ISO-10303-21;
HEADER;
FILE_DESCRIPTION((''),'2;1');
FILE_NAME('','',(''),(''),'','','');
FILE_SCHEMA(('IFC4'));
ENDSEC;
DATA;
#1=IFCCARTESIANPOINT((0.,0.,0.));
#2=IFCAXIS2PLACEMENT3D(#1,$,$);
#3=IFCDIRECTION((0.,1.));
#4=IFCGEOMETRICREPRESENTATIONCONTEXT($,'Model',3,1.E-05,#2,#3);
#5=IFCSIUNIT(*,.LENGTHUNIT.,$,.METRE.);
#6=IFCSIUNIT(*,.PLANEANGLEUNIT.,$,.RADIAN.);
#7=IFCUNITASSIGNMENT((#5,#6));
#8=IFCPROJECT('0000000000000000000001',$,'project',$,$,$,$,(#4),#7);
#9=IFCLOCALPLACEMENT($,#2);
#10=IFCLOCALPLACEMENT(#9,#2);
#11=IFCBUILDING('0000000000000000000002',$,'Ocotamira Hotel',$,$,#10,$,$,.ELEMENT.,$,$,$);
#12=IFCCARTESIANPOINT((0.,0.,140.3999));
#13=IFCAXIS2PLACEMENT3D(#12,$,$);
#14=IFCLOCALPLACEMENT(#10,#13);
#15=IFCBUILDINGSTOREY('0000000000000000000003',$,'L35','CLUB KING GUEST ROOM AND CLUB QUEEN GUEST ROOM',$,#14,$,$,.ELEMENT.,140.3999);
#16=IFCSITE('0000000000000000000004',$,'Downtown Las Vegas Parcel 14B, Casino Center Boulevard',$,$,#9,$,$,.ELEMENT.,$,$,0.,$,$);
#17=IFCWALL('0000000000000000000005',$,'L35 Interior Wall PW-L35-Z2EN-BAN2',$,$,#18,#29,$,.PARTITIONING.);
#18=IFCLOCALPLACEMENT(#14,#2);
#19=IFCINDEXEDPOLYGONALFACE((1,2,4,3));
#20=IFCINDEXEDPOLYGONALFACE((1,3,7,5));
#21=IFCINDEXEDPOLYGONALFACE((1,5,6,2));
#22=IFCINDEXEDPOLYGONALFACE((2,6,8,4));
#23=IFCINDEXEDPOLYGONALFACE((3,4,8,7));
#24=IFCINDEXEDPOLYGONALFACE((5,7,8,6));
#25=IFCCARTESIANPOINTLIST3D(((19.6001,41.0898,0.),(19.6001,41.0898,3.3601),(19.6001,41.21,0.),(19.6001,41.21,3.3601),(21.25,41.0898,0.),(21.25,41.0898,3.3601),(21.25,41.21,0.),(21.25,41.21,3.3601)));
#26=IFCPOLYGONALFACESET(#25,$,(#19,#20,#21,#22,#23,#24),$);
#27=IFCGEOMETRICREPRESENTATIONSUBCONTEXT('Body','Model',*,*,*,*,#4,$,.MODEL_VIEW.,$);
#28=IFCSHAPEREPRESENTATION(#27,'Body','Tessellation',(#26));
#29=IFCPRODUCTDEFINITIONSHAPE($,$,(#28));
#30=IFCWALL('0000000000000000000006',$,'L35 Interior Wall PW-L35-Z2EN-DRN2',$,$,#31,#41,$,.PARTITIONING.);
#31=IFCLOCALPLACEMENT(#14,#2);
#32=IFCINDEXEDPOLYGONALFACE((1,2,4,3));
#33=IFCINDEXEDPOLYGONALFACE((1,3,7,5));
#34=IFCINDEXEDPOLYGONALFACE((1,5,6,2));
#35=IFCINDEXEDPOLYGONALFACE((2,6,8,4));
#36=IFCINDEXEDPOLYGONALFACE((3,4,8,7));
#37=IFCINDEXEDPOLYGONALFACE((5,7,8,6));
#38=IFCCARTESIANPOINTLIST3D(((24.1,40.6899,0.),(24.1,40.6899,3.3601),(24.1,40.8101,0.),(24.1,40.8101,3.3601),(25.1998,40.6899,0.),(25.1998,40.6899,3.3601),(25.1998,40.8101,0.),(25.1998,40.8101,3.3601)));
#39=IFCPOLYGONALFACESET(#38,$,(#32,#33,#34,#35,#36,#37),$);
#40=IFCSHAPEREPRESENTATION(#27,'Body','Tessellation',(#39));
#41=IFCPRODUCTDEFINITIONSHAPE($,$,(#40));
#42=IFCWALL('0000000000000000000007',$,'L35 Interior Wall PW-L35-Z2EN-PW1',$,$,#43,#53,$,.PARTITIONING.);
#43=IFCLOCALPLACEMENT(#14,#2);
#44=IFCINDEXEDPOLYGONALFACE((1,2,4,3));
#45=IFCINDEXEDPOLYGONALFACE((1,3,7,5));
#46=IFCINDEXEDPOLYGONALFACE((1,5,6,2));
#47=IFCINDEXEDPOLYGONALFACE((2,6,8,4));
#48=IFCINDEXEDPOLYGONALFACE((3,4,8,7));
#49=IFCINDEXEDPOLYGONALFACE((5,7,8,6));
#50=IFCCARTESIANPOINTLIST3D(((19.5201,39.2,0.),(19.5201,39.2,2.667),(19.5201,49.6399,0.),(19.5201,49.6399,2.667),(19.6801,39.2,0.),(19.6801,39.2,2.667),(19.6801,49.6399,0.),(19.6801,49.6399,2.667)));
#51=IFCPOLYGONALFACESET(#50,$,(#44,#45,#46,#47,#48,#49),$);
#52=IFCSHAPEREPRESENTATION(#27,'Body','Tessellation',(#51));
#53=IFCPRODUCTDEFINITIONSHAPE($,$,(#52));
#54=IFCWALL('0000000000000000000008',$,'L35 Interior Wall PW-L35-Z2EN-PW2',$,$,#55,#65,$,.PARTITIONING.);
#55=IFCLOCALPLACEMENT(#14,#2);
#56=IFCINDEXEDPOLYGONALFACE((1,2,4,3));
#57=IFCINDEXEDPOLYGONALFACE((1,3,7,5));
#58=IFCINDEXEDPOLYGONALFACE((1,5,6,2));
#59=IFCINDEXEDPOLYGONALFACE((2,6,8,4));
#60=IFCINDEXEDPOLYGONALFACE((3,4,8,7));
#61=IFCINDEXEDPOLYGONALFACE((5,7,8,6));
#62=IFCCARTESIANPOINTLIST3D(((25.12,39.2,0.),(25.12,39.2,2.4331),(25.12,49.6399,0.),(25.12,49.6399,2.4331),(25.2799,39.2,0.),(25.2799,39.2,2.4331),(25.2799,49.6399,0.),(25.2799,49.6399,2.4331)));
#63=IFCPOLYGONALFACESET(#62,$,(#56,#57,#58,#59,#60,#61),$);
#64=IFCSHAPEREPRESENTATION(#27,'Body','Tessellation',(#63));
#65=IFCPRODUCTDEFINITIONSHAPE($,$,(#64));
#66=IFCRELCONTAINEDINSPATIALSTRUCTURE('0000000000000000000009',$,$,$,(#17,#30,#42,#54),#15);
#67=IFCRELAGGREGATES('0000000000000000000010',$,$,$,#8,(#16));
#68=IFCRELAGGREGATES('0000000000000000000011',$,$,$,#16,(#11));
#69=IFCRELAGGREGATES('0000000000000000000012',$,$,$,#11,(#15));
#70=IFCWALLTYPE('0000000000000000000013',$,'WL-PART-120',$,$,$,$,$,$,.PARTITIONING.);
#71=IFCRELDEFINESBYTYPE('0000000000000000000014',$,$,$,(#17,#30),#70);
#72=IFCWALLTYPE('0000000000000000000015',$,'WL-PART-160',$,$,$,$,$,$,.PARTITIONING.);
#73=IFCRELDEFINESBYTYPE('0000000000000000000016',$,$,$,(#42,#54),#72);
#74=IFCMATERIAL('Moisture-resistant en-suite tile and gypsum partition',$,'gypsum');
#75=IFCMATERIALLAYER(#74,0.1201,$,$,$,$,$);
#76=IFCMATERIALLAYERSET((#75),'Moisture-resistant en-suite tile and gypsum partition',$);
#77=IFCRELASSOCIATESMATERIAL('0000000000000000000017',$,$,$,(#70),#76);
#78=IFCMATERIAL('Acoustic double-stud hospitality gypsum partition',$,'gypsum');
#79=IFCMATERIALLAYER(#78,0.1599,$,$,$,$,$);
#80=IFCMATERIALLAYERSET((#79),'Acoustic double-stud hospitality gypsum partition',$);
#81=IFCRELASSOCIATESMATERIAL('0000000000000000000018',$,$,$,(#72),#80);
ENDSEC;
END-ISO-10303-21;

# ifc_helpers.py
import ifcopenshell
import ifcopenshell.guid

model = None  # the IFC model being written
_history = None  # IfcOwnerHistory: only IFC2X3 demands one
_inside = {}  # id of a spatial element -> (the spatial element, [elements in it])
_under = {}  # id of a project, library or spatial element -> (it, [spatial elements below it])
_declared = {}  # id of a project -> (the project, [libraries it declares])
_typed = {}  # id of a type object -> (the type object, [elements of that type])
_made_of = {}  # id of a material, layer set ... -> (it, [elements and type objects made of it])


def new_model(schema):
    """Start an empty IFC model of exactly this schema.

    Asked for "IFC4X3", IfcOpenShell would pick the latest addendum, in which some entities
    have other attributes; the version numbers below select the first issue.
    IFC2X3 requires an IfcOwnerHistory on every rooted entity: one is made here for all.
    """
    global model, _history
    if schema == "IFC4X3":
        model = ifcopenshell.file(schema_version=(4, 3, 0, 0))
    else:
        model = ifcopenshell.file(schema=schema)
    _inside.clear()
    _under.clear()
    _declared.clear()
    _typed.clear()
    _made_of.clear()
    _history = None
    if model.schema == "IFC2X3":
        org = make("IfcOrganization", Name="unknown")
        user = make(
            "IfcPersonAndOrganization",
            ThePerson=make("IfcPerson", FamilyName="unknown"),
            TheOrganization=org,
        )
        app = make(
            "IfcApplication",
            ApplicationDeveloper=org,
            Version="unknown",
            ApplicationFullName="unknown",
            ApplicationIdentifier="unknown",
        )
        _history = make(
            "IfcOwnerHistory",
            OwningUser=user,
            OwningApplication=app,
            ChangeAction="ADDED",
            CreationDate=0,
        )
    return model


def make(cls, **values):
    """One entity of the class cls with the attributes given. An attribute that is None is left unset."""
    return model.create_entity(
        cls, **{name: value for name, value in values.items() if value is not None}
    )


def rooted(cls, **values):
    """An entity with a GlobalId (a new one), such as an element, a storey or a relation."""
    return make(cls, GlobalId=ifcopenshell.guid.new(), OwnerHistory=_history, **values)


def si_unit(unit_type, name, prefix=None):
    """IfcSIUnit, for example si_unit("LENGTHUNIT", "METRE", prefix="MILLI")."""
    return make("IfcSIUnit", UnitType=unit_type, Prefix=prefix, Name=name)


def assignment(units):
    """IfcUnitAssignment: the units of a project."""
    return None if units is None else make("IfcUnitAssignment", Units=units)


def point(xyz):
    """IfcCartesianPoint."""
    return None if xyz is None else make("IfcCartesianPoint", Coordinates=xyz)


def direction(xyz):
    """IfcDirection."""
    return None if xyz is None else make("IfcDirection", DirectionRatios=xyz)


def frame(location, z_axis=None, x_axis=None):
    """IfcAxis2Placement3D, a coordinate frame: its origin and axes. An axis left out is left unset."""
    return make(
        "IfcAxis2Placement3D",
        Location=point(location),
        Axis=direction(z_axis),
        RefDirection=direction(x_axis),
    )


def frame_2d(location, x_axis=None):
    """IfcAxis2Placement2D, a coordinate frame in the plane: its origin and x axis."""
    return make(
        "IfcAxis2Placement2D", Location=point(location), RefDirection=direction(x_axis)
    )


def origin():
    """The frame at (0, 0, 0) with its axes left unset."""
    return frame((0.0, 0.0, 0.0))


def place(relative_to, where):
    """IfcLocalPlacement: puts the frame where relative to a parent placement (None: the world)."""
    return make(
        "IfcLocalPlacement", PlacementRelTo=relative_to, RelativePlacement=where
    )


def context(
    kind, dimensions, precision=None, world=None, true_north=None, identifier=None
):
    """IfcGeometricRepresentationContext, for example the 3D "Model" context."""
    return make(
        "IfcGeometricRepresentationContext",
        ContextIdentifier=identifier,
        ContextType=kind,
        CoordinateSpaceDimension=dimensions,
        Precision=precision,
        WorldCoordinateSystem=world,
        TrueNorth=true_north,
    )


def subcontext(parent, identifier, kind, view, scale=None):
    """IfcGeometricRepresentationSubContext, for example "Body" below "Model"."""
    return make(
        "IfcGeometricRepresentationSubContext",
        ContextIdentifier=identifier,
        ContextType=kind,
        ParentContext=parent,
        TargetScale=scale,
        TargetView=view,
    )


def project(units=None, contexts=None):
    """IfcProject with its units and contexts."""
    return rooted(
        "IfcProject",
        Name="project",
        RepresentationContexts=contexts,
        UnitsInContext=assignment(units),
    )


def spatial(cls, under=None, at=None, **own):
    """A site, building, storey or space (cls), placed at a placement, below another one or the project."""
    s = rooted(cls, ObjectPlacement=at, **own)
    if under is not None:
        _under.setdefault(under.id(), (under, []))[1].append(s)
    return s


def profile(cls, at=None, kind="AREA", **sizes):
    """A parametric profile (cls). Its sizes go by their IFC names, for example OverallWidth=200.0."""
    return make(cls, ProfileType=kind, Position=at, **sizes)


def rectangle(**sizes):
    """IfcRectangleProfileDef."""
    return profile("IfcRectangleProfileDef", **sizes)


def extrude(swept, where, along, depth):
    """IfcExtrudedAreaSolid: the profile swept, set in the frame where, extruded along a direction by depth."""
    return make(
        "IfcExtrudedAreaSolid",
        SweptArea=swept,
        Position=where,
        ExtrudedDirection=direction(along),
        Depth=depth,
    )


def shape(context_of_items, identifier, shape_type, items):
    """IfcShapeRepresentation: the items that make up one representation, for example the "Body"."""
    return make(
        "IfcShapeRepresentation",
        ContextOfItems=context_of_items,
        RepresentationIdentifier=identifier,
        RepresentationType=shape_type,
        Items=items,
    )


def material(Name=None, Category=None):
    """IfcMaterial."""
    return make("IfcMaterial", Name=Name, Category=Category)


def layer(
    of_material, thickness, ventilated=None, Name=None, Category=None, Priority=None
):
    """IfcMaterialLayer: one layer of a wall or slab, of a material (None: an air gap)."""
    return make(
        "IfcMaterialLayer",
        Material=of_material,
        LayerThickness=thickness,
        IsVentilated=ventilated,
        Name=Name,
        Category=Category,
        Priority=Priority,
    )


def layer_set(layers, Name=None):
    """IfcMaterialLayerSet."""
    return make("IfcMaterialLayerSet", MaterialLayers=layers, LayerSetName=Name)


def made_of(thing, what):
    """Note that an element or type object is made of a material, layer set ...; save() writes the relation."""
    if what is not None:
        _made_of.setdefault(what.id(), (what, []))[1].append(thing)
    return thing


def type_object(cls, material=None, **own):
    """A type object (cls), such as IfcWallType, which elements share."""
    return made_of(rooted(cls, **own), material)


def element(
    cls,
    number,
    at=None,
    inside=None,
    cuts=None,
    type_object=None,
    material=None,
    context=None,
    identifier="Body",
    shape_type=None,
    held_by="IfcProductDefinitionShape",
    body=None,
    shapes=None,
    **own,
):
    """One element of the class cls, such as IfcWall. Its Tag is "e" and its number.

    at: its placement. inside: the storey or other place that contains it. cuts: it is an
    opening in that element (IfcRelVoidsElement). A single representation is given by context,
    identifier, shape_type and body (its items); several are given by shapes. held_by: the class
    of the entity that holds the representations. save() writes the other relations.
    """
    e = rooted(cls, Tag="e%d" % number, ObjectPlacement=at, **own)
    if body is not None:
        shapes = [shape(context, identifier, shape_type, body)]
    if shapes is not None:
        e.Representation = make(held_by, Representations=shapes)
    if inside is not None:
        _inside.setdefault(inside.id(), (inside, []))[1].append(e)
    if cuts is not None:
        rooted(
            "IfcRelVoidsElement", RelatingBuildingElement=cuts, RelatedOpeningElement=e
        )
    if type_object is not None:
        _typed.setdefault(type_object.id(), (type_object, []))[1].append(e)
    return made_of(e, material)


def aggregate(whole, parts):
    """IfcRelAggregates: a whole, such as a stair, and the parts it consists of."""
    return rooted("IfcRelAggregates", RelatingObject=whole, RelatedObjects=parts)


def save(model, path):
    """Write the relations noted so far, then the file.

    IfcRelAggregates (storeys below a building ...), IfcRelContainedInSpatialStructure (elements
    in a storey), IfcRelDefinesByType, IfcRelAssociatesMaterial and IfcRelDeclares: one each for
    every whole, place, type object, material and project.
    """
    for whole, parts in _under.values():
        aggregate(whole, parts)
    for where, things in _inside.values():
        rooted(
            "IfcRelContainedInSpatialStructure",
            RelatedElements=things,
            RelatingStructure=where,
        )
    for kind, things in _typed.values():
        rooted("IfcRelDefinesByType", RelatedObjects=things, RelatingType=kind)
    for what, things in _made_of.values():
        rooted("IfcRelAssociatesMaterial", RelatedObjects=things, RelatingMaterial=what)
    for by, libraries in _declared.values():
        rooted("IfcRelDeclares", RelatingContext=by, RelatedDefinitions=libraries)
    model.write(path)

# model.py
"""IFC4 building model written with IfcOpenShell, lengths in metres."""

from ifc_helpers import new_model, si_unit, direction, frame, frame_2d, origin, place, context, subcontext, project, spatial, rectangle, extrude, material, layer, layer_set, type_object, element, save


model = new_model("IFC4")

# Units and contexts
model_context = context("Model", 3, precision=1e-05, world=origin(), true_north=direction((0.0, 1.0)))
body_context = subcontext(model_context, "Body", "Model", "MODEL_VIEW")
ifc_project = project(units=[si_unit("LENGTHUNIT", "METRE"), si_unit("PLANEANGLEUNIT", "RADIAN")], contexts=[model_context])

# Site, building, storey
site_placement = place(None, origin())
site = spatial("IfcSite", under=ifc_project, at=site_placement, Name="Downtown Las Vegas Parcel 14B, Casino Center Boulevard", CompositionType="ELEMENT", RefElevation=0.0)
building_placement = place(site_placement, origin())
building = spatial("IfcBuilding", under=site, at=building_placement, Name="Ocotamira Hotel", CompositionType="ELEMENT")
storey_placement = place(building_placement, frame((0.0, 0.0, 140.3999)))
storey = spatial("IfcBuildingStorey", under=building, at=storey_placement, Name="L35", Description="CLUB KING GUEST ROOM AND CLUB QUEEN GUEST ROOM", CompositionType="ELEMENT", Elevation=140.3999)

# Shared definitions
ifc_material_1 = material(Name="Moisture-resistant en-suite tile and gypsum partition", Category="gypsum")
ifc_layer_1 = layer(ifc_material_1, 0.1201)
ifc_layer_set_1 = layer_set([ifc_layer_1], Name="Moisture-resistant en-suite tile and gypsum partition")
wall_type_1 = type_object("IfcWallType", Name="WL-PART-120", PredefinedType="PARTITIONING", material=ifc_layer_set_1)

# Walls
wall_1_placement = place(storey_placement, frame((19.6001, 41.1499, 0.0), z_axis=(0.0, 0.0, 1.0), x_axis=(1.0, 0.0, 0.0)))
element("IfcWall", 1, at=wall_1_placement, inside=storey, type_object=wall_type_1, Name="L35 Interior Wall PW-L35-Z2EN-BAN2", PredefinedType="PARTITIONING", context=body_context, shape_type="SweptSolid", body=[
    extrude(rectangle(XDim=1.6499, YDim=0.1201, at=frame_2d((0.825, 0.0))), origin(), (0.0, 0.0, 1.0), 3.3601),
])
wall_2_placement = place(storey_placement, frame((24.1001, 40.75, 0.0), z_axis=(0.0, 0.0, 1.0), x_axis=(1.0, 0.0, 0.0)))
element("IfcWall", 2, at=wall_2_placement, inside=storey, type_object=wall_type_1, Name="L35 Interior Wall PW-L35-Z2EN-DRN2", PredefinedType="PARTITIONING", context=body_context, shape_type="SweptSolid", body=[
    extrude(rectangle(XDim=1.0999, YDim=0.1201, at=frame_2d((0.5498, 0.0))), origin(), (0.0, 0.0, 1.0), 3.3601),
])
ifc_material_2 = material(Name="Acoustic double-stud hospitality gypsum partition", Category="gypsum")
ifc_layer_2 = layer(ifc_material_2, 0.1599)
ifc_layer_set_2 = layer_set([ifc_layer_2], Name="Acoustic double-stud hospitality gypsum partition")
wall_type_2 = type_object("IfcWallType", Name="WL-PART-160", PredefinedType="PARTITIONING", material=ifc_layer_set_2)
wall_3_placement = place(storey_placement, frame((19.6001, 39.2, 0.0), z_axis=(0.0, 0.0, 1.0), x_axis=(0.0, 1.0, 0.0)))
element("IfcWall", 3, at=wall_3_placement, inside=storey, type_object=wall_type_2, Name="L35 Interior Wall PW-L35-Z2EN-PW1", PredefinedType="PARTITIONING", context=body_context, shape_type="SweptSolid", body=[
    extrude(rectangle(XDim=10.4399, YDim=0.1599, at=frame_2d((5.22, 0.0))), origin(), (0.0, 0.0, 1.0), 2.667),
])
wall_4_placement = place(storey_placement, frame((25.2, 39.2, 0.0), z_axis=(0.0, 0.0, 1.0), x_axis=(0.0, 1.0, 0.0)))
element("IfcWall", 4, at=wall_4_placement, inside=storey, type_object=wall_type_2, Name="L35 Interior Wall PW-L35-Z2EN-PW2", PredefinedType="PARTITIONING", context=body_context, shape_type="SweptSolid", body=[
    extrude(rectangle(XDim=10.4399, YDim=0.1599, at=frame_2d((5.22, 0.0))), origin(), (0.0, 0.0, 1.0), 2.4331),
])

save(model, "model.ifc")
